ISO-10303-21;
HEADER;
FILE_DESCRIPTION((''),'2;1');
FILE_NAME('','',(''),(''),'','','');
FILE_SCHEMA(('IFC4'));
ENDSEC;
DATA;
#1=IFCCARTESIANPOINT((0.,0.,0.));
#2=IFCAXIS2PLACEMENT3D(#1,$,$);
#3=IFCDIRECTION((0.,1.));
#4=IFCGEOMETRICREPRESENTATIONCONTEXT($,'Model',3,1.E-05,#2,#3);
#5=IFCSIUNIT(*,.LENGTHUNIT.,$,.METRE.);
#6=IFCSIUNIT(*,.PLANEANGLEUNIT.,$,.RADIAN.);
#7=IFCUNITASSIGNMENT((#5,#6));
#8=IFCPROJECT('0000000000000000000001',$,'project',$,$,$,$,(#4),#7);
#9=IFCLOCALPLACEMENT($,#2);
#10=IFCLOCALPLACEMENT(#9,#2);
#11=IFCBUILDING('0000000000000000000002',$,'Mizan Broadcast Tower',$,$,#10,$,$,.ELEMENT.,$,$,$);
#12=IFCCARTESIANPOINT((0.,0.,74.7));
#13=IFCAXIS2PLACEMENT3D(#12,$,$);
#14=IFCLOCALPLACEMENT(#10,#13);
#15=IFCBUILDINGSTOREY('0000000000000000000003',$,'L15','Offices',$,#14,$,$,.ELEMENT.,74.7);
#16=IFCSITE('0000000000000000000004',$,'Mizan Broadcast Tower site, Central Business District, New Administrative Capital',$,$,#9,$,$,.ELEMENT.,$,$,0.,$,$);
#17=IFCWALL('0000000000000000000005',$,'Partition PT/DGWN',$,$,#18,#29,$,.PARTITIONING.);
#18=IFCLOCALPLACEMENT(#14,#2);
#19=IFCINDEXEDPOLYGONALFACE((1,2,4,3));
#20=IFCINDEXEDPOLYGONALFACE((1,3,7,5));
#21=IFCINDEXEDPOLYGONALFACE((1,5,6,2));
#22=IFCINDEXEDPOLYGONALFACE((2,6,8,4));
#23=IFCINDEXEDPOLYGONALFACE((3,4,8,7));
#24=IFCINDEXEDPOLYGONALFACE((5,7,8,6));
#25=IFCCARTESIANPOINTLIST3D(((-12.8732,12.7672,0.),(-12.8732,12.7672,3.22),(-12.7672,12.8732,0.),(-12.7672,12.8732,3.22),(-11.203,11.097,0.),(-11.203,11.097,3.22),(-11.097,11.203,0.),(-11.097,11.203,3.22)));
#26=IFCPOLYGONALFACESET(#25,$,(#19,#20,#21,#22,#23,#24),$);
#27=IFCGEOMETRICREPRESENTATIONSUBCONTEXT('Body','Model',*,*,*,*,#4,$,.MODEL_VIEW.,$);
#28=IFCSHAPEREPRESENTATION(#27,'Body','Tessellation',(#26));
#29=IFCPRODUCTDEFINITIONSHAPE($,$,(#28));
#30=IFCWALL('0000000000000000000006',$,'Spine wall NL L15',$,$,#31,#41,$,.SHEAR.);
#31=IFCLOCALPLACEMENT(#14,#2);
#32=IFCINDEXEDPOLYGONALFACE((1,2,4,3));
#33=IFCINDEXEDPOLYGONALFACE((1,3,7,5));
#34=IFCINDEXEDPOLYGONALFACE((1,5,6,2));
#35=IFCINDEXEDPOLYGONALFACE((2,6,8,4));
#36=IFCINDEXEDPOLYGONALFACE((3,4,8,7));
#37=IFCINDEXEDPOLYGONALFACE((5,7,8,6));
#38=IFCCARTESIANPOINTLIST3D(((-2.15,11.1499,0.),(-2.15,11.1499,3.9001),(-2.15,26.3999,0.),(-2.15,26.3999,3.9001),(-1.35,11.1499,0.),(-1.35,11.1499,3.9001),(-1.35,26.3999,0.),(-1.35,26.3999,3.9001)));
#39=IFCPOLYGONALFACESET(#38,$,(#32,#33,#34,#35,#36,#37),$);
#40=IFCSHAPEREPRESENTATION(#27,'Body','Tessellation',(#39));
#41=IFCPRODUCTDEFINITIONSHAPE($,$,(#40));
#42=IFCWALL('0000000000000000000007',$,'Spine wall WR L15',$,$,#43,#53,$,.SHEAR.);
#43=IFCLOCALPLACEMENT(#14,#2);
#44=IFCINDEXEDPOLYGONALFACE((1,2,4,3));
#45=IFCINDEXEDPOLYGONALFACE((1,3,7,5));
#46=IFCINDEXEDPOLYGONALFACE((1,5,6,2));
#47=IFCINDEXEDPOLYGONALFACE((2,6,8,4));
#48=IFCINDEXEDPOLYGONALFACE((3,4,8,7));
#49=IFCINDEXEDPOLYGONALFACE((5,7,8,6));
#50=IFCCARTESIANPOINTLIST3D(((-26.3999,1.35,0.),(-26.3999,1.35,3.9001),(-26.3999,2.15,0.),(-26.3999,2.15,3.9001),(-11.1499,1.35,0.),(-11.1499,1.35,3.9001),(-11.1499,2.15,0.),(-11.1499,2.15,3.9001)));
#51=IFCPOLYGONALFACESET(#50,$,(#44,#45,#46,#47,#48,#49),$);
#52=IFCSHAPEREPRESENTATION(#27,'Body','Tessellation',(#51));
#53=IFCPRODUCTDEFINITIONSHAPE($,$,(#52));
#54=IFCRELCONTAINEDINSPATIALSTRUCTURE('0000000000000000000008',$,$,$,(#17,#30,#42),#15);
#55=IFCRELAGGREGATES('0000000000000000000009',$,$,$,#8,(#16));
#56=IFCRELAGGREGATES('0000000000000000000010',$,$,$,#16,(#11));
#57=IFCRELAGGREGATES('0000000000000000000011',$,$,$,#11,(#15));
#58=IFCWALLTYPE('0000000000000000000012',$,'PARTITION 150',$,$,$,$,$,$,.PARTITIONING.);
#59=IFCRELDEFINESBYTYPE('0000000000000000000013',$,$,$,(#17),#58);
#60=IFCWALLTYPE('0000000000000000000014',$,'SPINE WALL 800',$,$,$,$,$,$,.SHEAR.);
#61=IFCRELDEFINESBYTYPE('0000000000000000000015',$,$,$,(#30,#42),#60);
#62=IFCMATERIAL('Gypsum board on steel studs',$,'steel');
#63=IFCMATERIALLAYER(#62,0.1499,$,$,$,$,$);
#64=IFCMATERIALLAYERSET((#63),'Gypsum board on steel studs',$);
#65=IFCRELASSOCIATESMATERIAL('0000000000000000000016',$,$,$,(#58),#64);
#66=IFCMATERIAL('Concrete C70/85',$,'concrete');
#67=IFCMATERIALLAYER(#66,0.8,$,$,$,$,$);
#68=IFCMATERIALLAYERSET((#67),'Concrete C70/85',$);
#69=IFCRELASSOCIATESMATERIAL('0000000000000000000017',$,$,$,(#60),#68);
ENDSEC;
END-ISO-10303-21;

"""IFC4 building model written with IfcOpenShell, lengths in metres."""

from ifc_helpers import new_model, si_unit, direction, frame, frame_2d, origin, place, context, subcontext, project, spatial, rectangle, extrude, material, layer, layer_set, type_object, element, save


model = new_model("IFC4")

# Units and contexts
model_context = context("Model", 3, precision=1e-05, world=origin(), true_north=direction((0.0, 1.0)))
body_context = subcontext(model_context, "Body", "Model", "MODEL_VIEW")
ifc_project = project(units=[si_unit("LENGTHUNIT", "METRE"), si_unit("PLANEANGLEUNIT", "RADIAN")], contexts=[model_context])

# Site, building, storey
site_placement = place(None, origin())
site = spatial("IfcSite", under=ifc_project, at=site_placement, Name="Mizan Broadcast Tower site, Central Business District, New Administrative Capital", CompositionType="ELEMENT", RefElevation=0.0)
building_placement = place(site_placement, origin())
building = spatial("IfcBuilding", under=site, at=building_placement, Name="Mizan Broadcast Tower", CompositionType="ELEMENT")
storey_placement = place(building_placement, frame((0.0, 0.0, 74.7)))
storey = spatial("IfcBuildingStorey", under=building, at=storey_placement, Name="L15", Description="Offices", CompositionType="ELEMENT", Elevation=74.7)

# Walls
ifc_material_1 = material(Name="Gypsum board on steel studs", Category="steel")
ifc_layer_1 = layer(ifc_material_1, 0.1499)
ifc_layer_set_1 = layer_set([ifc_layer_1], Name="Gypsum board on steel studs")
wall_type_1 = type_object("IfcWallType", Name="PARTITION 150", PredefinedType="PARTITIONING", material=ifc_layer_set_1)
wall_1_placement = place(storey_placement, frame((-11.1499, 11.1499, 0.0), z_axis=(0.0, 0.0, 1.0), x_axis=(-0.707107, 0.707107, 0.0)))
element("IfcWall", 1, at=wall_1_placement, inside=storey, type_object=wall_type_1, Name="Partition PT/DGWN", PredefinedType="PARTITIONING", context=body_context, shape_type="SweptSolid", body=[
    extrude(rectangle(XDim=2.3621, YDim=0.1499, at=frame_2d((1.1812, 0.0))), origin(), (0.0, 0.0, 1.0), 3.22),
])
ifc_material_2 = material(Name="Concrete C70/85", Category="concrete")
ifc_layer_2 = layer(ifc_material_2, 0.8)
ifc_layer_set_2 = layer_set([ifc_layer_2], Name="Concrete C70/85")
wall_type_2 = type_object("IfcWallType", Name="SPINE WALL 800", PredefinedType="SHEAR", material=ifc_layer_set_2)
for number, where, z_axis, x_axis, name in (
    (2, (-1.75, 11.1499, 0.0), (0.0, 0.0, 1.0), (0.0, 1.0, 0.0), "Spine wall NL L15"),
    (3, (-11.1499, 1.75, 0.0), (0.0, 0.0, 1.0), (-1.0, 0.0, 0.0), "Spine wall WR L15"),
):
    element("IfcWall", number, at=place(storey_placement, frame(where, z_axis=z_axis, x_axis=x_axis)), inside=storey, type_object=wall_type_2, Name=name, PredefinedType="SHEAR", context=body_context, shape_type="SweptSolid", body=[
        extrude(rectangle(XDim=15.25, YDim=0.8, at=frame_2d((7.625, 0.0))), origin(), (0.0, 0.0, 1.0), 3.9001),
    ])

save(model, "model.ifc")
